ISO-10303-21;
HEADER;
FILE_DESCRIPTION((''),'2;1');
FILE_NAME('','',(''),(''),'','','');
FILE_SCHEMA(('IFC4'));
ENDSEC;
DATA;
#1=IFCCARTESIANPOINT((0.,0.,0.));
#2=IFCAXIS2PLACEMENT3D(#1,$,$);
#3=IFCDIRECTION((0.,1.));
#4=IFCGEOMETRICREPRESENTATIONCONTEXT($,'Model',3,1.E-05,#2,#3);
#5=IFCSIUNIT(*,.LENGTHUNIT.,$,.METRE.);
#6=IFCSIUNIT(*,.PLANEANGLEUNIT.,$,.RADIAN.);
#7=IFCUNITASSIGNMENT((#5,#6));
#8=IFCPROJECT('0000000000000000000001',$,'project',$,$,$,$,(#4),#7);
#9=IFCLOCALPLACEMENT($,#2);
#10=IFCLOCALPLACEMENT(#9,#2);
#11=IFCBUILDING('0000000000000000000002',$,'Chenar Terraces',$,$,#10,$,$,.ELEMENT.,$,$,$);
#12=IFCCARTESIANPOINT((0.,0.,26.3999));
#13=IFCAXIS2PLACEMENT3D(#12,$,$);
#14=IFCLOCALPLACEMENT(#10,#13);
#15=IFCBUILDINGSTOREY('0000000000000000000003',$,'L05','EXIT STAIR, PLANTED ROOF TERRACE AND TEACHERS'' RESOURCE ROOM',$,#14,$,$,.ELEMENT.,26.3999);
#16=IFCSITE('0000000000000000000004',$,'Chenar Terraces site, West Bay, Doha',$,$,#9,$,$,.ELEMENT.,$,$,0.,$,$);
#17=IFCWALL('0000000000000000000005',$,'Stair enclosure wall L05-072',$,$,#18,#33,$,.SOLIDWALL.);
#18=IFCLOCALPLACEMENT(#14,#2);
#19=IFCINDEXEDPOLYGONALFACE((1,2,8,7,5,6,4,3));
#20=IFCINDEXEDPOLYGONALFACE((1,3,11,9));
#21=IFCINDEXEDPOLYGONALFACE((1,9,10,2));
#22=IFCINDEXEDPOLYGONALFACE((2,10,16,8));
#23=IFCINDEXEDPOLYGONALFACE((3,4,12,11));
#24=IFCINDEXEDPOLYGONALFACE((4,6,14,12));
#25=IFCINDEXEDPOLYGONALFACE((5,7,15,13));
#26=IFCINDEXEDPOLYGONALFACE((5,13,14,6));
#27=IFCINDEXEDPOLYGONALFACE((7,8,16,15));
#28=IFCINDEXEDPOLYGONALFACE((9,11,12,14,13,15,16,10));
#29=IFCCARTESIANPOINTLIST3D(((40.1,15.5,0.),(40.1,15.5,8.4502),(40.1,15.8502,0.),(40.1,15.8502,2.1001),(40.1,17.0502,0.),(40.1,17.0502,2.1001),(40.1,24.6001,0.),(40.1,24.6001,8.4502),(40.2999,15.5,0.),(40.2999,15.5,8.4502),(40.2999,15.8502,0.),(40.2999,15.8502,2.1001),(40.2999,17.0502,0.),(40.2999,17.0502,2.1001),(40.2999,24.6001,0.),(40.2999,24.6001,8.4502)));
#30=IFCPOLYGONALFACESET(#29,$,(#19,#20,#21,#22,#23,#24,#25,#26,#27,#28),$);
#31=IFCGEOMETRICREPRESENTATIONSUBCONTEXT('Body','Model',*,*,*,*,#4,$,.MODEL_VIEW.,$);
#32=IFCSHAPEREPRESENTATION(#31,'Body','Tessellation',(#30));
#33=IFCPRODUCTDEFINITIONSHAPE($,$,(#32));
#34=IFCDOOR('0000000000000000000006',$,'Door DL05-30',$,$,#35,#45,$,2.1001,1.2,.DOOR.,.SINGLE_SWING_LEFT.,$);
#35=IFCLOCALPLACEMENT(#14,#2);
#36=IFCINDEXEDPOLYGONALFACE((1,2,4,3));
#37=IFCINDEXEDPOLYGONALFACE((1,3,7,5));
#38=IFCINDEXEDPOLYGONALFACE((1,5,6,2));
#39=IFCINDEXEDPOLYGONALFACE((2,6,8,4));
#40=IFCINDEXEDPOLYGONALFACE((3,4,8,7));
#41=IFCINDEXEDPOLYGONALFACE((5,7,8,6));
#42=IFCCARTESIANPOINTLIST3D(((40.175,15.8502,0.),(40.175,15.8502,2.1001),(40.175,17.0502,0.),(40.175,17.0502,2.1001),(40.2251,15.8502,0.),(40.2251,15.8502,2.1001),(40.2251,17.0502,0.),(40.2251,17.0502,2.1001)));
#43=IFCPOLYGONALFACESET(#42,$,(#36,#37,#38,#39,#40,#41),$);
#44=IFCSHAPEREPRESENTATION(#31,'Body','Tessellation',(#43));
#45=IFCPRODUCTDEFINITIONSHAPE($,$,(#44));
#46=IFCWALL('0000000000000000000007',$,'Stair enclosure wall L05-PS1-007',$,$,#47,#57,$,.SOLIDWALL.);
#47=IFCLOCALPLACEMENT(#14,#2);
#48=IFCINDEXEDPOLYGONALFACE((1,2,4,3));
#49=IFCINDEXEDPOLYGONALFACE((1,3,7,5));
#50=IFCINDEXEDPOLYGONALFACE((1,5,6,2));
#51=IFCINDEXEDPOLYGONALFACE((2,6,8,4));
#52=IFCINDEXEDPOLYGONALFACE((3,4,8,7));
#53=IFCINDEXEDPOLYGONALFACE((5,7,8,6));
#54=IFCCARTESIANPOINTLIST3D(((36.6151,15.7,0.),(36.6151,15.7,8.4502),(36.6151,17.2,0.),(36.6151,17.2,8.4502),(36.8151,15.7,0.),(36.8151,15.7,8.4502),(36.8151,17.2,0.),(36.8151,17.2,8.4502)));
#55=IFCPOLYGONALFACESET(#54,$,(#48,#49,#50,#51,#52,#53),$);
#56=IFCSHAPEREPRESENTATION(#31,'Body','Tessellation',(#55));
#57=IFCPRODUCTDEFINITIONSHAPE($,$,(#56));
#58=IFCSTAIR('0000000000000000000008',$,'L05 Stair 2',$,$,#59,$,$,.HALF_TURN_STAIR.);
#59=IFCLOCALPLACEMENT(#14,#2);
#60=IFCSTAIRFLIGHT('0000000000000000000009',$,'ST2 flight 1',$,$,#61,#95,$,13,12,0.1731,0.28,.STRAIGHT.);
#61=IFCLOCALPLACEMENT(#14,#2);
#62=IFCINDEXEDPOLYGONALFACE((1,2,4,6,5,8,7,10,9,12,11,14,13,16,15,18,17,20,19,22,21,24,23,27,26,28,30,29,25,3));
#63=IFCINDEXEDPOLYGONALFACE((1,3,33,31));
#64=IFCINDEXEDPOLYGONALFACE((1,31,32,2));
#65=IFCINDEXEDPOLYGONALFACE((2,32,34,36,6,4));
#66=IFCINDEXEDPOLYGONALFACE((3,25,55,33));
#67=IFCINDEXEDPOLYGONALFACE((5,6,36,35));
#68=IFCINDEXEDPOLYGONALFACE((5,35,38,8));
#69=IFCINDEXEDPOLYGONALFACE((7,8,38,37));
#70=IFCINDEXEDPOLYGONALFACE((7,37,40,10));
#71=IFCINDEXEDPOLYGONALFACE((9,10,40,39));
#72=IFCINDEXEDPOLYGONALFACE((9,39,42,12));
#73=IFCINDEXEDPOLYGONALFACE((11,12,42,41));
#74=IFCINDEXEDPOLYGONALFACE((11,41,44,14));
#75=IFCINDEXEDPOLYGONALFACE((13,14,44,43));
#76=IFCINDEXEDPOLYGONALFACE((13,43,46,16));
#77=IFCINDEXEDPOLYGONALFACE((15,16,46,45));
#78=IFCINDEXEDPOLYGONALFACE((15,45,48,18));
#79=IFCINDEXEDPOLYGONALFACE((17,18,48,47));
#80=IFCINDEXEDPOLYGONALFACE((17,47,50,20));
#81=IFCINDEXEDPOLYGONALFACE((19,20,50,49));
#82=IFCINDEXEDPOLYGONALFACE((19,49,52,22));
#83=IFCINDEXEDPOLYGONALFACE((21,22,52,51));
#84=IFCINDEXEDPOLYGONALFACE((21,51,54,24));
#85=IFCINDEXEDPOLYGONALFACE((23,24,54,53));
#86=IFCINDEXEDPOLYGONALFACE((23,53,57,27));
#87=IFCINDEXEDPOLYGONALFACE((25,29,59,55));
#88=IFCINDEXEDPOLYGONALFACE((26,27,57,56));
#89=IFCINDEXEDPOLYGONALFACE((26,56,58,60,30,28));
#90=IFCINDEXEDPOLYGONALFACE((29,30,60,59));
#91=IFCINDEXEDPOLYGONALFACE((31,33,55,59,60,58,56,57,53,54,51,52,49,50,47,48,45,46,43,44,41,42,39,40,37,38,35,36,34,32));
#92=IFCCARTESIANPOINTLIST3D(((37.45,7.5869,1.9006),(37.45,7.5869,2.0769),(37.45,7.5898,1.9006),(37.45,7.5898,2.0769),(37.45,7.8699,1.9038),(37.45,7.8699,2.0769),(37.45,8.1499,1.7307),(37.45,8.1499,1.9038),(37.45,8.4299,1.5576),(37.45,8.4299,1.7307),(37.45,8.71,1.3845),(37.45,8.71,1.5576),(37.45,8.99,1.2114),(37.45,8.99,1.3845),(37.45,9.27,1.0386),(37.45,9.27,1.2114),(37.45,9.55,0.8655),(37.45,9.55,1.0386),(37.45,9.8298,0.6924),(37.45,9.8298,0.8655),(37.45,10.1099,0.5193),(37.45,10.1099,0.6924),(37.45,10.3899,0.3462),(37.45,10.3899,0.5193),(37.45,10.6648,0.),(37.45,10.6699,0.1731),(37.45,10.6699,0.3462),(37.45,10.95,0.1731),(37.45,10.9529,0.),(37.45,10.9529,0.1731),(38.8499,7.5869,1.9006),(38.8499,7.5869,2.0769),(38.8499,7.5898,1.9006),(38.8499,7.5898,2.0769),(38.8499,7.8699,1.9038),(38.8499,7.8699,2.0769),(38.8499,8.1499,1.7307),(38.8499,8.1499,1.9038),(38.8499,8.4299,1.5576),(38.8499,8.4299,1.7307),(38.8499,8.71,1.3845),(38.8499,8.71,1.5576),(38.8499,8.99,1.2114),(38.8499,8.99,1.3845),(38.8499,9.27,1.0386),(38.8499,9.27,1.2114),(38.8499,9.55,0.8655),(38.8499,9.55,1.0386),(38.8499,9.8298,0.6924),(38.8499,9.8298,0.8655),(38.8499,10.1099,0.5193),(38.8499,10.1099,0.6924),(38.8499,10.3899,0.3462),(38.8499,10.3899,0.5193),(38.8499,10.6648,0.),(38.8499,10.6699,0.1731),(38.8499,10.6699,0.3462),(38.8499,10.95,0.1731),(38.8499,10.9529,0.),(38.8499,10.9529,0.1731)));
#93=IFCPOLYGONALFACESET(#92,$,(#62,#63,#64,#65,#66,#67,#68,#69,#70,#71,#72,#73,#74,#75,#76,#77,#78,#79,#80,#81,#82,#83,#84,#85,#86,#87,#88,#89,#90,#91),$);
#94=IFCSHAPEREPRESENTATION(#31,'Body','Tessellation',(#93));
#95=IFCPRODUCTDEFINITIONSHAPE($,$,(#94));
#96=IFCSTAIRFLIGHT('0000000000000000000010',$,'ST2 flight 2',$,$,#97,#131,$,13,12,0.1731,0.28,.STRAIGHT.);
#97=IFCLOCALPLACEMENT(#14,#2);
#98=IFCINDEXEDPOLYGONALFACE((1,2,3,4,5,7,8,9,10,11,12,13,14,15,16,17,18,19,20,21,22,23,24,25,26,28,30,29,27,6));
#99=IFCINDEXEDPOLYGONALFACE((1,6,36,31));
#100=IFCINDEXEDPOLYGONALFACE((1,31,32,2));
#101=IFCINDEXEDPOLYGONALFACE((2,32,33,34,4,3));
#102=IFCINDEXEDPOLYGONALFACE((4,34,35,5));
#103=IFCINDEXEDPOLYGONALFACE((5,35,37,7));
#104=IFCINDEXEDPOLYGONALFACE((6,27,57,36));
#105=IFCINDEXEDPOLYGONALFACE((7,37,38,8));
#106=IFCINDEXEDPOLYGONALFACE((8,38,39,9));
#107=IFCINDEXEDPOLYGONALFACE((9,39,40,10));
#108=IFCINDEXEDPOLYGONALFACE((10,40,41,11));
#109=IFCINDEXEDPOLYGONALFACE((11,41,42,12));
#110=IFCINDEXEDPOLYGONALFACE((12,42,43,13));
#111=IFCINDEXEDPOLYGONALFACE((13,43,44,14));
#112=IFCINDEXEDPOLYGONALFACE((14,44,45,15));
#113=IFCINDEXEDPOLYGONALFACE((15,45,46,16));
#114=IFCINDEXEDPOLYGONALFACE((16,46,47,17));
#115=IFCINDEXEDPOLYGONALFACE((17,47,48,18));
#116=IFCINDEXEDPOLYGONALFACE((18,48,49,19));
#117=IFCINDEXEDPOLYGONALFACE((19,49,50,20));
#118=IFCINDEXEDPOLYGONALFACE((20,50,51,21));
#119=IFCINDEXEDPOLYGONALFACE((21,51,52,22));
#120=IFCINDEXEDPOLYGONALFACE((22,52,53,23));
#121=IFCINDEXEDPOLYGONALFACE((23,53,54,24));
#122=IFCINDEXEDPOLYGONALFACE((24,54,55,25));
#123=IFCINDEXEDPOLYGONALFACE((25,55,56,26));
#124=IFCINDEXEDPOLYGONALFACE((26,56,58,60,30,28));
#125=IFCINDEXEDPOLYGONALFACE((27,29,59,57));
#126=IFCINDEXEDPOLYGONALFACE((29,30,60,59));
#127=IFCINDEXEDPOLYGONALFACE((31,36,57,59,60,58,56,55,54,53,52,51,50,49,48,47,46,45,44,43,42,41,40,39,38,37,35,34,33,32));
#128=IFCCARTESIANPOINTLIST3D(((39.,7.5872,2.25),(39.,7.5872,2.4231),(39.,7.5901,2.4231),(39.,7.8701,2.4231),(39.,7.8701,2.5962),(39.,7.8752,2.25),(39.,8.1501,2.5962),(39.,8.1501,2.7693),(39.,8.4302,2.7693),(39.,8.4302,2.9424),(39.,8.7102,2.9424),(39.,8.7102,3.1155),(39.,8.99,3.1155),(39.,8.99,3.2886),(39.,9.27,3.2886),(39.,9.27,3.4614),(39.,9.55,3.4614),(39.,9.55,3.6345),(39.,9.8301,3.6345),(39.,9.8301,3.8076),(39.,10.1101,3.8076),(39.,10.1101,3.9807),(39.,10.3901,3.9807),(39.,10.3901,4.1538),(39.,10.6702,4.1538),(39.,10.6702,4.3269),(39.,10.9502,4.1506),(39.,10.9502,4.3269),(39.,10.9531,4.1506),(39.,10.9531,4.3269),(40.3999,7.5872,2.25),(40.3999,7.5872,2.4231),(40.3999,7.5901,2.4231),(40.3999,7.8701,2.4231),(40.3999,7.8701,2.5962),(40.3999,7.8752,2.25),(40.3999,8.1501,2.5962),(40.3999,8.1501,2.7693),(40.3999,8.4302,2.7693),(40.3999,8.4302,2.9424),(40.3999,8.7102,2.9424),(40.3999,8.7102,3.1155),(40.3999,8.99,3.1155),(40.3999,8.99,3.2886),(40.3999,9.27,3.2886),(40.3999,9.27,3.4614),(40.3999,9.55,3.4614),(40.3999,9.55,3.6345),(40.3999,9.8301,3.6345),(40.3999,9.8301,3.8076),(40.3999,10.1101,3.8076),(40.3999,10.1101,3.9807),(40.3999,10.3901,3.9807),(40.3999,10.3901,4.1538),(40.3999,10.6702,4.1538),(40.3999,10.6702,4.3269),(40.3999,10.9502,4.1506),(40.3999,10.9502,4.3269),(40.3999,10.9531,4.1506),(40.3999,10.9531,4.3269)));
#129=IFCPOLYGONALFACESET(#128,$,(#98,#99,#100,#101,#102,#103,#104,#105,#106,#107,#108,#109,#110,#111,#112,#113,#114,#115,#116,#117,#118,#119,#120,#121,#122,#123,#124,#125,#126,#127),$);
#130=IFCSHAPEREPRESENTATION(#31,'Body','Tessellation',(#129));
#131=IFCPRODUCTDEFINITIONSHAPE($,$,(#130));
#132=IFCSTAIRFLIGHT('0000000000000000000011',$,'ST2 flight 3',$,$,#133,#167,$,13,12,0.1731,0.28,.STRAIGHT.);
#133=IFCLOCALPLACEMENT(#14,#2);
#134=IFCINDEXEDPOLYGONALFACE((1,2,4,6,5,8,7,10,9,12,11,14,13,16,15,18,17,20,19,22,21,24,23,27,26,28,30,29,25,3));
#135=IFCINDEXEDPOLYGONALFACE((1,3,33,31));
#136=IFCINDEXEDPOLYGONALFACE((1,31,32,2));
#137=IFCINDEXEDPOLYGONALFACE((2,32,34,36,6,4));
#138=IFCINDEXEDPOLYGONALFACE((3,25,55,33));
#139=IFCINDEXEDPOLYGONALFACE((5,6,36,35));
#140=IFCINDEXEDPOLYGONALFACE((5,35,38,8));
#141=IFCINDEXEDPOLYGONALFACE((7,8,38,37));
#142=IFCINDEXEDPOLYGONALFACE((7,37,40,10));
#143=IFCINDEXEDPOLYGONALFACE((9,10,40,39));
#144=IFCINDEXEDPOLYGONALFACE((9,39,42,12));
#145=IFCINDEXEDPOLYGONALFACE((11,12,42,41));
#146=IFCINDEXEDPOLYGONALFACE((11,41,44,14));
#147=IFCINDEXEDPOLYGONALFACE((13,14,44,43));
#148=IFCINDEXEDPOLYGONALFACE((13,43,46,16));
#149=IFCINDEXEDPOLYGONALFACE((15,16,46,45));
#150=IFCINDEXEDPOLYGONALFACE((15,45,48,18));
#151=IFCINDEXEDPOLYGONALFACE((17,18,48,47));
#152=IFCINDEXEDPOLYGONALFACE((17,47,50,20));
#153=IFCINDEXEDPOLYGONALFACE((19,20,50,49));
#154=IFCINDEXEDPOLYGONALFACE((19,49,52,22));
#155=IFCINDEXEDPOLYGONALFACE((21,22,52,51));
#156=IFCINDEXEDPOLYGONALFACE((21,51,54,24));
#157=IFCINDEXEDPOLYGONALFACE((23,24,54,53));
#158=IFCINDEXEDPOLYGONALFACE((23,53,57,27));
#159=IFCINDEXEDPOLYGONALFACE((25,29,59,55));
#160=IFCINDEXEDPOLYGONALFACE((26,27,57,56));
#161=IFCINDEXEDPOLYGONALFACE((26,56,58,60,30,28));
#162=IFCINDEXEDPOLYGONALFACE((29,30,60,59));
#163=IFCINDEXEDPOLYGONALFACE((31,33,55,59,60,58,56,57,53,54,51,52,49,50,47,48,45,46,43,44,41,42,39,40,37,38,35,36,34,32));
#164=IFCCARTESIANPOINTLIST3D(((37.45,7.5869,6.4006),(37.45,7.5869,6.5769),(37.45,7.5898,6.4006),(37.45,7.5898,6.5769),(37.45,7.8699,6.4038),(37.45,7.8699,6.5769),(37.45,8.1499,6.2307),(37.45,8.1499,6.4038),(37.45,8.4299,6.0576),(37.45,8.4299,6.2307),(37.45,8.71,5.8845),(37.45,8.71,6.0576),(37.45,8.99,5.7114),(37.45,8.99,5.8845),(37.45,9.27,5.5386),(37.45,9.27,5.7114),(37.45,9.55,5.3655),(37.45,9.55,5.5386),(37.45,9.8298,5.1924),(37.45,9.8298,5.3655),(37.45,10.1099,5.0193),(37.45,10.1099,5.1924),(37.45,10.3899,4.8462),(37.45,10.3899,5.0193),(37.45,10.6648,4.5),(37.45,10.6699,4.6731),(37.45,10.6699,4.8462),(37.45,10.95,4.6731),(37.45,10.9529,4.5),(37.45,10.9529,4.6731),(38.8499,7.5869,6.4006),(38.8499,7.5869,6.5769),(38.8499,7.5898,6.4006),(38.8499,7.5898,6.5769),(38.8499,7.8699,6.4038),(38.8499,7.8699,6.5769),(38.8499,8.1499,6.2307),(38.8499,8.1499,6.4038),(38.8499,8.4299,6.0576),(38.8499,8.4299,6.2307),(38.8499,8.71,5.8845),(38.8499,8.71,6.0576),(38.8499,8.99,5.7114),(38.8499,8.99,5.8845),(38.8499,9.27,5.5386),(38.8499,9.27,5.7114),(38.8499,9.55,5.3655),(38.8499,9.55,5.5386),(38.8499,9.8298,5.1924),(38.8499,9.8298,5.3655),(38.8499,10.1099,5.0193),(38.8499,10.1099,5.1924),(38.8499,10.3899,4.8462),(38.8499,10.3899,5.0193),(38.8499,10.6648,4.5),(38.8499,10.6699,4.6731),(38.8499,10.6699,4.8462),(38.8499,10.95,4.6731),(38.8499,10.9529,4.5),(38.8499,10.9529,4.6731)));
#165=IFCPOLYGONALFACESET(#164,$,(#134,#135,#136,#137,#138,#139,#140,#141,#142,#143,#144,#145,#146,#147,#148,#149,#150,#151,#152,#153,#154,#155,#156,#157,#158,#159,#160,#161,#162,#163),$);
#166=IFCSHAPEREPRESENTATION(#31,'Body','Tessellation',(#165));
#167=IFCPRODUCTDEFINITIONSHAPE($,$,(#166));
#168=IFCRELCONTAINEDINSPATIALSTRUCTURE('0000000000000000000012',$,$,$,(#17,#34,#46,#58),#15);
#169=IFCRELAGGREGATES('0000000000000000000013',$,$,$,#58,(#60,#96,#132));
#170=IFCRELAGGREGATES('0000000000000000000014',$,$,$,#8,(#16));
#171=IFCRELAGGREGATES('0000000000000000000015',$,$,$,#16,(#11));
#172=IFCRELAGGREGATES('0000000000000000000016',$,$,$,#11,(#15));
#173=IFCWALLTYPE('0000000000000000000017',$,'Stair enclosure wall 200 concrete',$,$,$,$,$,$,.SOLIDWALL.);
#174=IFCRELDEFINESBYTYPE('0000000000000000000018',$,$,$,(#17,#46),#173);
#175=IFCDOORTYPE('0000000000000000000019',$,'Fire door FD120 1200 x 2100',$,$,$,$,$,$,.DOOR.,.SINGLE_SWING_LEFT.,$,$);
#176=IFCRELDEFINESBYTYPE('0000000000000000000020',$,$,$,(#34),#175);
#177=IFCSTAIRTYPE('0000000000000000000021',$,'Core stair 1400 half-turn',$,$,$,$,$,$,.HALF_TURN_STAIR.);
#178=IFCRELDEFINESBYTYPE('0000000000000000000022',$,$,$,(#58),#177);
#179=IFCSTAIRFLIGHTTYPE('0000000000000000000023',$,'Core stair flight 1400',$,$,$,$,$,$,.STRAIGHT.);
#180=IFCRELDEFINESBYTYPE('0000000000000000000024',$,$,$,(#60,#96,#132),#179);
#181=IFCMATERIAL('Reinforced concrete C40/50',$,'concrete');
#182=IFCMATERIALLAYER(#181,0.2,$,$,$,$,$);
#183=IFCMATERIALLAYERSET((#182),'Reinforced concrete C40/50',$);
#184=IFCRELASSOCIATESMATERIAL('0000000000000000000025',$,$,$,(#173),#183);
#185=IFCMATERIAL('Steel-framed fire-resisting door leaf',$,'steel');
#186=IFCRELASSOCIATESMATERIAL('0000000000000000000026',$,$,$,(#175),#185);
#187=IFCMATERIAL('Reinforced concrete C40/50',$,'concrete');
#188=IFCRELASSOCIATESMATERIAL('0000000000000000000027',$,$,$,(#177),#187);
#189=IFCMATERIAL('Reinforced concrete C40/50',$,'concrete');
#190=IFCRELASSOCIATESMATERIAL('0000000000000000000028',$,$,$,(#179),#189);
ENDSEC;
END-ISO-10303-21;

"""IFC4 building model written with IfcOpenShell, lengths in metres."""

from ifc_helpers import new_model, si_unit, direction, frame, frame_2d, origin, place, context, subcontext, project, spatial, polyline, rectangle, outline, extrude, material, layer, layer_set, type_object, element, fill, aggregate, save


model = new_model("IFC4")

# Units and contexts
model_context = context("Model", 3, precision=1e-05, world=origin(), true_north=direction((0.0, 1.0)))
body_context = subcontext(model_context, "Body", "Model", "MODEL_VIEW")
ifc_project = project(units=[si_unit("LENGTHUNIT", "METRE"), si_unit("PLANEANGLEUNIT", "RADIAN")], contexts=[model_context])

# Site, building, storey
site_placement = place(None, origin())
site = spatial("IfcSite", under=ifc_project, at=site_placement, Name="Chenar Terraces site, West Bay, Doha", CompositionType="ELEMENT", RefElevation=0.0)
building_placement = place(site_placement, origin())
building = spatial("IfcBuilding", under=site, at=building_placement, Name="Chenar Terraces", CompositionType="ELEMENT")
storey_placement = place(building_placement, frame((0.0, 0.0, 26.3999)))
storey = spatial("IfcBuildingStorey", under=building, at=storey_placement, Name="L05", Description="EXIT STAIR, PLANTED ROOF TERRACE AND TEACHERS' RESOURCE ROOM", CompositionType="ELEMENT", Elevation=26.3999)

# Shared definitions
ifc_material_1 = material(Name="Reinforced concrete C40/50", Category="concrete")
ifc_layer_1 = layer(ifc_material_1, 0.2)
ifc_layer_set_1 = layer_set([ifc_layer_1], Name="Reinforced concrete C40/50")
wall_type_1 = type_object("IfcWallType", Name="Stair enclosure wall 200 concrete", PredefinedType="SOLIDWALL", material=ifc_layer_set_1)

# Wall, opening, door
wall_1_placement = place(storey_placement, frame((40.2, 15.5, 0.0), z_axis=(0.0, 0.0, 1.0), x_axis=(0.0, 1.0, 0.0)))
wall_1 = element("IfcWall", 1, at=wall_1_placement, inside=storey, type_object=wall_type_1, Name="Stair enclosure wall L05-072", PredefinedType="SOLIDWALL", context=body_context, shape_type="SweptSolid", body=[
    extrude(rectangle(XDim=9.1001, YDim=0.2, at=frame_2d((4.55, 0.0))), origin(), (0.0, 0.0, 1.0), 8.4502),
])
opening_1_placement = place(wall_1_placement, frame((0.3501, 0.0, 0.0)))
opening_1 = element("IfcOpeningElement", 2, at=opening_1_placement, cuts=wall_1, PredefinedType="OPENING", context=body_context, shape_type="SweptSolid", body=[
    extrude(rectangle(XDim=1.2, YDim=2.1001, at=frame_2d((0.6001, 1.05))), frame((0.0, 0.1099, 0.0), z_axis=(0.0, -1.0, 0.0), x_axis=(1.0, 0.0, 0.0)), (0.0, 0.0, 1.0), 0.22),
])
ifc_material_2 = material(Name="Steel-framed fire-resisting door leaf", Category="steel")
door_type_1 = type_object("IfcDoorType", Name="Fire door FD120 1200 x 2100", OperationType="SINGLE_SWING_LEFT", PredefinedType="DOOR", material=ifc_material_2)
door_1_placement = place(opening_1_placement, origin())
door_1 = element("IfcDoor", 3, at=door_1_placement, inside=storey, type_object=door_type_1, Name="Door DL05-30", OperationType="SINGLE_SWING_LEFT", OverallHeight=2.1001, OverallWidth=1.2, PredefinedType="DOOR", context=body_context, shape_type="SweptSolid", body=[
    extrude(rectangle(XDim=1.2, YDim=2.1001, at=frame_2d((0.6001, 1.05))), frame((0.0, 0.0249, 0.0), z_axis=(0.0, -1.0, 0.0), x_axis=(1.0, 0.0, 0.0)), (0.0, 0.0, 1.0), 0.05),
])
fill(opening_1, door_1)

# Wall
wall_2_placement = place(storey_placement, frame((36.7151, 15.7, 0.0), z_axis=(0.0, 0.0, 1.0), x_axis=(0.0, 1.0, 0.0)))
element("IfcWall", 4, at=wall_2_placement, inside=storey, type_object=wall_type_1, Name="Stair enclosure wall L05-PS1-007", PredefinedType="SOLIDWALL", context=body_context, shape_type="SweptSolid", body=[
    extrude(rectangle(XDim=1.5, YDim=0.2, at=frame_2d((0.75, 0.0))), origin(), (0.0, 0.0, 1.0), 8.4502),
])

# Stair, stair flights
ifc_material_3 = material(Name="Reinforced concrete C40/50", Category="concrete")
stair_type = type_object("IfcStairType", Name="Core stair 1400 half-turn", PredefinedType="HALF_TURN_STAIR", material=ifc_material_3)
placement = place(storey_placement, origin())
stair_1 = element("IfcStair", 5, at=placement, inside=storey, type_object=stair_type, Name="L05 Stair 2", PredefinedType="HALF_TURN_STAIR")
ifc_material_4 = material(Name="Reinforced concrete C40/50", Category="concrete")
stair_flight_type = type_object("IfcStairFlightType", Name="Core stair flight 1400", PredefinedType="STRAIGHT", material=ifc_material_4)
stair_flight_1_placement = place(storey_placement, frame((38.1499, 10.95, 0.0), z_axis=(0.0, 0.0, 1.0), x_axis=(0.0, -1.0, 0.0)))
stair_flight_1 = element("IfcStairFlight", 6, at=stair_flight_1_placement, type_object=stair_flight_type, Name="ST2 flight 1", NumberOfRisers=13, NumberOfTreads=12, PredefinedType="STRAIGHT", RiserHeight=0.1731, TreadLength=0.28, context=body_context, shape_type="SweptSolid", body=[
    extrude(outline(polyline([(-0.0029, 0.0), (-0.0029, 0.1731), (0.0, 0.1731), (0.28, 0.1731), (0.28, 0.3462), (0.5601, 0.3462), (0.5601, 0.5193), (0.8401, 0.5193), (0.8401, 0.6924), (1.1201, 0.6924), (1.1201, 0.8655), (1.3999, 0.8655), (1.3999, 1.0386), (1.6799, 1.0386), (1.6799, 1.2114), (1.96, 1.2114), (1.96, 1.3845), (2.24, 1.3845), (2.24, 1.5576), (2.52, 1.5576), (2.52, 1.7307), (2.8, 1.7307), (2.8, 1.9038), (3.0801, 1.9038), (3.0801, 2.0769), (3.3601, 2.0769), (3.363, 2.0769), (3.363, 1.9006), (3.3601, 1.9006), (0.2852, 0.0), (-0.0029, 0.0)])), frame((0.0, 0.7, 0.0), z_axis=(0.0, -1.0, 0.0), x_axis=(1.0, 0.0, 0.0)), (0.0, 0.0, 1.0), 1.3999),
])
stair_flight_2_placement = place(storey_placement, frame((39.7, 7.5901, 2.25), z_axis=(0.0, 0.0, 1.0), x_axis=(0.0, 1.0, 0.0)))
stair_flight_2 = element("IfcStairFlight", 7, at=stair_flight_2_placement, type_object=stair_flight_type, Name="ST2 flight 2", NumberOfRisers=13, NumberOfTreads=12, PredefinedType="STRAIGHT", RiserHeight=0.1731, TreadLength=0.28, context=body_context, shape_type="SweptSolid", body=[
    extrude(outline(polyline([(-0.0029, 0.0), (-0.0029, 0.1731), (0.0, 0.1731), (0.28, 0.1731), (0.28, 0.3462), (0.5601, 0.3462), (0.5601, 0.5193), (0.8401, 0.5193), (0.8401, 0.6924), (1.1201, 0.6924), (1.1201, 0.8655), (1.3999, 0.8655), (1.3999, 1.0386), (1.6799, 1.0386), (1.6799, 1.2114), (1.96, 1.2114), (1.96, 1.3845), (2.24, 1.3845), (2.24, 1.5576), (2.52, 1.5576), (2.52, 1.7307), (2.8, 1.7307), (2.8, 1.9038), (3.0801, 1.9038), (3.0801, 2.0769), (3.3601, 2.0769), (3.363, 2.0769), (3.363, 1.9006), (3.3601, 1.9006), (0.2852, 0.0), (-0.0029, 0.0)])), frame((0.0, 0.7, 0.0), z_axis=(0.0, -1.0, 0.0), x_axis=(1.0, 0.0, 0.0)), (0.0, 0.0, 1.0), 1.3999),
])
stair_flight_3_placement = place(storey_placement, frame((38.1499, 10.95, 4.5), z_axis=(0.0, 0.0, 1.0), x_axis=(0.0, -1.0, 0.0)))
stair_flight_3 = element("IfcStairFlight", 8, at=stair_flight_3_placement, type_object=stair_flight_type, Name="ST2 flight 3", NumberOfRisers=13, NumberOfTreads=12, PredefinedType="STRAIGHT", RiserHeight=0.1731, TreadLength=0.28, context=body_context, shape_type="SweptSolid", body=[
    extrude(outline(polyline([(-0.0029, 0.0), (-0.0029, 0.1731), (0.0, 0.1731), (0.28, 0.1731), (0.28, 0.3462), (0.5601, 0.3462), (0.5601, 0.5193), (0.8401, 0.5193), (0.8401, 0.6924), (1.1201, 0.6924), (1.1201, 0.8655), (1.3999, 0.8655), (1.3999, 1.0386), (1.6799, 1.0386), (1.6799, 1.2114), (1.96, 1.2114), (1.96, 1.3845), (2.24, 1.3845), (2.24, 1.5576), (2.52, 1.5576), (2.52, 1.7307), (2.8, 1.7307), (2.8, 1.9038), (3.0801, 1.9038), (3.0801, 2.0769), (3.3601, 2.0769), (3.363, 2.0769), (3.363, 1.9006), (3.3601, 1.9006), (0.2852, 0.0), (-0.0029, 0.0)])), frame((0.0, 0.7, 0.0), z_axis=(0.0, -1.0, 0.0), x_axis=(1.0, 0.0, 0.0)), (0.0, 0.0, 1.0), 1.3999),
])
aggregate(stair_1, [stair_flight_1, stair_flight_2, stair_flight_3])

save(model, "model.ifc")
